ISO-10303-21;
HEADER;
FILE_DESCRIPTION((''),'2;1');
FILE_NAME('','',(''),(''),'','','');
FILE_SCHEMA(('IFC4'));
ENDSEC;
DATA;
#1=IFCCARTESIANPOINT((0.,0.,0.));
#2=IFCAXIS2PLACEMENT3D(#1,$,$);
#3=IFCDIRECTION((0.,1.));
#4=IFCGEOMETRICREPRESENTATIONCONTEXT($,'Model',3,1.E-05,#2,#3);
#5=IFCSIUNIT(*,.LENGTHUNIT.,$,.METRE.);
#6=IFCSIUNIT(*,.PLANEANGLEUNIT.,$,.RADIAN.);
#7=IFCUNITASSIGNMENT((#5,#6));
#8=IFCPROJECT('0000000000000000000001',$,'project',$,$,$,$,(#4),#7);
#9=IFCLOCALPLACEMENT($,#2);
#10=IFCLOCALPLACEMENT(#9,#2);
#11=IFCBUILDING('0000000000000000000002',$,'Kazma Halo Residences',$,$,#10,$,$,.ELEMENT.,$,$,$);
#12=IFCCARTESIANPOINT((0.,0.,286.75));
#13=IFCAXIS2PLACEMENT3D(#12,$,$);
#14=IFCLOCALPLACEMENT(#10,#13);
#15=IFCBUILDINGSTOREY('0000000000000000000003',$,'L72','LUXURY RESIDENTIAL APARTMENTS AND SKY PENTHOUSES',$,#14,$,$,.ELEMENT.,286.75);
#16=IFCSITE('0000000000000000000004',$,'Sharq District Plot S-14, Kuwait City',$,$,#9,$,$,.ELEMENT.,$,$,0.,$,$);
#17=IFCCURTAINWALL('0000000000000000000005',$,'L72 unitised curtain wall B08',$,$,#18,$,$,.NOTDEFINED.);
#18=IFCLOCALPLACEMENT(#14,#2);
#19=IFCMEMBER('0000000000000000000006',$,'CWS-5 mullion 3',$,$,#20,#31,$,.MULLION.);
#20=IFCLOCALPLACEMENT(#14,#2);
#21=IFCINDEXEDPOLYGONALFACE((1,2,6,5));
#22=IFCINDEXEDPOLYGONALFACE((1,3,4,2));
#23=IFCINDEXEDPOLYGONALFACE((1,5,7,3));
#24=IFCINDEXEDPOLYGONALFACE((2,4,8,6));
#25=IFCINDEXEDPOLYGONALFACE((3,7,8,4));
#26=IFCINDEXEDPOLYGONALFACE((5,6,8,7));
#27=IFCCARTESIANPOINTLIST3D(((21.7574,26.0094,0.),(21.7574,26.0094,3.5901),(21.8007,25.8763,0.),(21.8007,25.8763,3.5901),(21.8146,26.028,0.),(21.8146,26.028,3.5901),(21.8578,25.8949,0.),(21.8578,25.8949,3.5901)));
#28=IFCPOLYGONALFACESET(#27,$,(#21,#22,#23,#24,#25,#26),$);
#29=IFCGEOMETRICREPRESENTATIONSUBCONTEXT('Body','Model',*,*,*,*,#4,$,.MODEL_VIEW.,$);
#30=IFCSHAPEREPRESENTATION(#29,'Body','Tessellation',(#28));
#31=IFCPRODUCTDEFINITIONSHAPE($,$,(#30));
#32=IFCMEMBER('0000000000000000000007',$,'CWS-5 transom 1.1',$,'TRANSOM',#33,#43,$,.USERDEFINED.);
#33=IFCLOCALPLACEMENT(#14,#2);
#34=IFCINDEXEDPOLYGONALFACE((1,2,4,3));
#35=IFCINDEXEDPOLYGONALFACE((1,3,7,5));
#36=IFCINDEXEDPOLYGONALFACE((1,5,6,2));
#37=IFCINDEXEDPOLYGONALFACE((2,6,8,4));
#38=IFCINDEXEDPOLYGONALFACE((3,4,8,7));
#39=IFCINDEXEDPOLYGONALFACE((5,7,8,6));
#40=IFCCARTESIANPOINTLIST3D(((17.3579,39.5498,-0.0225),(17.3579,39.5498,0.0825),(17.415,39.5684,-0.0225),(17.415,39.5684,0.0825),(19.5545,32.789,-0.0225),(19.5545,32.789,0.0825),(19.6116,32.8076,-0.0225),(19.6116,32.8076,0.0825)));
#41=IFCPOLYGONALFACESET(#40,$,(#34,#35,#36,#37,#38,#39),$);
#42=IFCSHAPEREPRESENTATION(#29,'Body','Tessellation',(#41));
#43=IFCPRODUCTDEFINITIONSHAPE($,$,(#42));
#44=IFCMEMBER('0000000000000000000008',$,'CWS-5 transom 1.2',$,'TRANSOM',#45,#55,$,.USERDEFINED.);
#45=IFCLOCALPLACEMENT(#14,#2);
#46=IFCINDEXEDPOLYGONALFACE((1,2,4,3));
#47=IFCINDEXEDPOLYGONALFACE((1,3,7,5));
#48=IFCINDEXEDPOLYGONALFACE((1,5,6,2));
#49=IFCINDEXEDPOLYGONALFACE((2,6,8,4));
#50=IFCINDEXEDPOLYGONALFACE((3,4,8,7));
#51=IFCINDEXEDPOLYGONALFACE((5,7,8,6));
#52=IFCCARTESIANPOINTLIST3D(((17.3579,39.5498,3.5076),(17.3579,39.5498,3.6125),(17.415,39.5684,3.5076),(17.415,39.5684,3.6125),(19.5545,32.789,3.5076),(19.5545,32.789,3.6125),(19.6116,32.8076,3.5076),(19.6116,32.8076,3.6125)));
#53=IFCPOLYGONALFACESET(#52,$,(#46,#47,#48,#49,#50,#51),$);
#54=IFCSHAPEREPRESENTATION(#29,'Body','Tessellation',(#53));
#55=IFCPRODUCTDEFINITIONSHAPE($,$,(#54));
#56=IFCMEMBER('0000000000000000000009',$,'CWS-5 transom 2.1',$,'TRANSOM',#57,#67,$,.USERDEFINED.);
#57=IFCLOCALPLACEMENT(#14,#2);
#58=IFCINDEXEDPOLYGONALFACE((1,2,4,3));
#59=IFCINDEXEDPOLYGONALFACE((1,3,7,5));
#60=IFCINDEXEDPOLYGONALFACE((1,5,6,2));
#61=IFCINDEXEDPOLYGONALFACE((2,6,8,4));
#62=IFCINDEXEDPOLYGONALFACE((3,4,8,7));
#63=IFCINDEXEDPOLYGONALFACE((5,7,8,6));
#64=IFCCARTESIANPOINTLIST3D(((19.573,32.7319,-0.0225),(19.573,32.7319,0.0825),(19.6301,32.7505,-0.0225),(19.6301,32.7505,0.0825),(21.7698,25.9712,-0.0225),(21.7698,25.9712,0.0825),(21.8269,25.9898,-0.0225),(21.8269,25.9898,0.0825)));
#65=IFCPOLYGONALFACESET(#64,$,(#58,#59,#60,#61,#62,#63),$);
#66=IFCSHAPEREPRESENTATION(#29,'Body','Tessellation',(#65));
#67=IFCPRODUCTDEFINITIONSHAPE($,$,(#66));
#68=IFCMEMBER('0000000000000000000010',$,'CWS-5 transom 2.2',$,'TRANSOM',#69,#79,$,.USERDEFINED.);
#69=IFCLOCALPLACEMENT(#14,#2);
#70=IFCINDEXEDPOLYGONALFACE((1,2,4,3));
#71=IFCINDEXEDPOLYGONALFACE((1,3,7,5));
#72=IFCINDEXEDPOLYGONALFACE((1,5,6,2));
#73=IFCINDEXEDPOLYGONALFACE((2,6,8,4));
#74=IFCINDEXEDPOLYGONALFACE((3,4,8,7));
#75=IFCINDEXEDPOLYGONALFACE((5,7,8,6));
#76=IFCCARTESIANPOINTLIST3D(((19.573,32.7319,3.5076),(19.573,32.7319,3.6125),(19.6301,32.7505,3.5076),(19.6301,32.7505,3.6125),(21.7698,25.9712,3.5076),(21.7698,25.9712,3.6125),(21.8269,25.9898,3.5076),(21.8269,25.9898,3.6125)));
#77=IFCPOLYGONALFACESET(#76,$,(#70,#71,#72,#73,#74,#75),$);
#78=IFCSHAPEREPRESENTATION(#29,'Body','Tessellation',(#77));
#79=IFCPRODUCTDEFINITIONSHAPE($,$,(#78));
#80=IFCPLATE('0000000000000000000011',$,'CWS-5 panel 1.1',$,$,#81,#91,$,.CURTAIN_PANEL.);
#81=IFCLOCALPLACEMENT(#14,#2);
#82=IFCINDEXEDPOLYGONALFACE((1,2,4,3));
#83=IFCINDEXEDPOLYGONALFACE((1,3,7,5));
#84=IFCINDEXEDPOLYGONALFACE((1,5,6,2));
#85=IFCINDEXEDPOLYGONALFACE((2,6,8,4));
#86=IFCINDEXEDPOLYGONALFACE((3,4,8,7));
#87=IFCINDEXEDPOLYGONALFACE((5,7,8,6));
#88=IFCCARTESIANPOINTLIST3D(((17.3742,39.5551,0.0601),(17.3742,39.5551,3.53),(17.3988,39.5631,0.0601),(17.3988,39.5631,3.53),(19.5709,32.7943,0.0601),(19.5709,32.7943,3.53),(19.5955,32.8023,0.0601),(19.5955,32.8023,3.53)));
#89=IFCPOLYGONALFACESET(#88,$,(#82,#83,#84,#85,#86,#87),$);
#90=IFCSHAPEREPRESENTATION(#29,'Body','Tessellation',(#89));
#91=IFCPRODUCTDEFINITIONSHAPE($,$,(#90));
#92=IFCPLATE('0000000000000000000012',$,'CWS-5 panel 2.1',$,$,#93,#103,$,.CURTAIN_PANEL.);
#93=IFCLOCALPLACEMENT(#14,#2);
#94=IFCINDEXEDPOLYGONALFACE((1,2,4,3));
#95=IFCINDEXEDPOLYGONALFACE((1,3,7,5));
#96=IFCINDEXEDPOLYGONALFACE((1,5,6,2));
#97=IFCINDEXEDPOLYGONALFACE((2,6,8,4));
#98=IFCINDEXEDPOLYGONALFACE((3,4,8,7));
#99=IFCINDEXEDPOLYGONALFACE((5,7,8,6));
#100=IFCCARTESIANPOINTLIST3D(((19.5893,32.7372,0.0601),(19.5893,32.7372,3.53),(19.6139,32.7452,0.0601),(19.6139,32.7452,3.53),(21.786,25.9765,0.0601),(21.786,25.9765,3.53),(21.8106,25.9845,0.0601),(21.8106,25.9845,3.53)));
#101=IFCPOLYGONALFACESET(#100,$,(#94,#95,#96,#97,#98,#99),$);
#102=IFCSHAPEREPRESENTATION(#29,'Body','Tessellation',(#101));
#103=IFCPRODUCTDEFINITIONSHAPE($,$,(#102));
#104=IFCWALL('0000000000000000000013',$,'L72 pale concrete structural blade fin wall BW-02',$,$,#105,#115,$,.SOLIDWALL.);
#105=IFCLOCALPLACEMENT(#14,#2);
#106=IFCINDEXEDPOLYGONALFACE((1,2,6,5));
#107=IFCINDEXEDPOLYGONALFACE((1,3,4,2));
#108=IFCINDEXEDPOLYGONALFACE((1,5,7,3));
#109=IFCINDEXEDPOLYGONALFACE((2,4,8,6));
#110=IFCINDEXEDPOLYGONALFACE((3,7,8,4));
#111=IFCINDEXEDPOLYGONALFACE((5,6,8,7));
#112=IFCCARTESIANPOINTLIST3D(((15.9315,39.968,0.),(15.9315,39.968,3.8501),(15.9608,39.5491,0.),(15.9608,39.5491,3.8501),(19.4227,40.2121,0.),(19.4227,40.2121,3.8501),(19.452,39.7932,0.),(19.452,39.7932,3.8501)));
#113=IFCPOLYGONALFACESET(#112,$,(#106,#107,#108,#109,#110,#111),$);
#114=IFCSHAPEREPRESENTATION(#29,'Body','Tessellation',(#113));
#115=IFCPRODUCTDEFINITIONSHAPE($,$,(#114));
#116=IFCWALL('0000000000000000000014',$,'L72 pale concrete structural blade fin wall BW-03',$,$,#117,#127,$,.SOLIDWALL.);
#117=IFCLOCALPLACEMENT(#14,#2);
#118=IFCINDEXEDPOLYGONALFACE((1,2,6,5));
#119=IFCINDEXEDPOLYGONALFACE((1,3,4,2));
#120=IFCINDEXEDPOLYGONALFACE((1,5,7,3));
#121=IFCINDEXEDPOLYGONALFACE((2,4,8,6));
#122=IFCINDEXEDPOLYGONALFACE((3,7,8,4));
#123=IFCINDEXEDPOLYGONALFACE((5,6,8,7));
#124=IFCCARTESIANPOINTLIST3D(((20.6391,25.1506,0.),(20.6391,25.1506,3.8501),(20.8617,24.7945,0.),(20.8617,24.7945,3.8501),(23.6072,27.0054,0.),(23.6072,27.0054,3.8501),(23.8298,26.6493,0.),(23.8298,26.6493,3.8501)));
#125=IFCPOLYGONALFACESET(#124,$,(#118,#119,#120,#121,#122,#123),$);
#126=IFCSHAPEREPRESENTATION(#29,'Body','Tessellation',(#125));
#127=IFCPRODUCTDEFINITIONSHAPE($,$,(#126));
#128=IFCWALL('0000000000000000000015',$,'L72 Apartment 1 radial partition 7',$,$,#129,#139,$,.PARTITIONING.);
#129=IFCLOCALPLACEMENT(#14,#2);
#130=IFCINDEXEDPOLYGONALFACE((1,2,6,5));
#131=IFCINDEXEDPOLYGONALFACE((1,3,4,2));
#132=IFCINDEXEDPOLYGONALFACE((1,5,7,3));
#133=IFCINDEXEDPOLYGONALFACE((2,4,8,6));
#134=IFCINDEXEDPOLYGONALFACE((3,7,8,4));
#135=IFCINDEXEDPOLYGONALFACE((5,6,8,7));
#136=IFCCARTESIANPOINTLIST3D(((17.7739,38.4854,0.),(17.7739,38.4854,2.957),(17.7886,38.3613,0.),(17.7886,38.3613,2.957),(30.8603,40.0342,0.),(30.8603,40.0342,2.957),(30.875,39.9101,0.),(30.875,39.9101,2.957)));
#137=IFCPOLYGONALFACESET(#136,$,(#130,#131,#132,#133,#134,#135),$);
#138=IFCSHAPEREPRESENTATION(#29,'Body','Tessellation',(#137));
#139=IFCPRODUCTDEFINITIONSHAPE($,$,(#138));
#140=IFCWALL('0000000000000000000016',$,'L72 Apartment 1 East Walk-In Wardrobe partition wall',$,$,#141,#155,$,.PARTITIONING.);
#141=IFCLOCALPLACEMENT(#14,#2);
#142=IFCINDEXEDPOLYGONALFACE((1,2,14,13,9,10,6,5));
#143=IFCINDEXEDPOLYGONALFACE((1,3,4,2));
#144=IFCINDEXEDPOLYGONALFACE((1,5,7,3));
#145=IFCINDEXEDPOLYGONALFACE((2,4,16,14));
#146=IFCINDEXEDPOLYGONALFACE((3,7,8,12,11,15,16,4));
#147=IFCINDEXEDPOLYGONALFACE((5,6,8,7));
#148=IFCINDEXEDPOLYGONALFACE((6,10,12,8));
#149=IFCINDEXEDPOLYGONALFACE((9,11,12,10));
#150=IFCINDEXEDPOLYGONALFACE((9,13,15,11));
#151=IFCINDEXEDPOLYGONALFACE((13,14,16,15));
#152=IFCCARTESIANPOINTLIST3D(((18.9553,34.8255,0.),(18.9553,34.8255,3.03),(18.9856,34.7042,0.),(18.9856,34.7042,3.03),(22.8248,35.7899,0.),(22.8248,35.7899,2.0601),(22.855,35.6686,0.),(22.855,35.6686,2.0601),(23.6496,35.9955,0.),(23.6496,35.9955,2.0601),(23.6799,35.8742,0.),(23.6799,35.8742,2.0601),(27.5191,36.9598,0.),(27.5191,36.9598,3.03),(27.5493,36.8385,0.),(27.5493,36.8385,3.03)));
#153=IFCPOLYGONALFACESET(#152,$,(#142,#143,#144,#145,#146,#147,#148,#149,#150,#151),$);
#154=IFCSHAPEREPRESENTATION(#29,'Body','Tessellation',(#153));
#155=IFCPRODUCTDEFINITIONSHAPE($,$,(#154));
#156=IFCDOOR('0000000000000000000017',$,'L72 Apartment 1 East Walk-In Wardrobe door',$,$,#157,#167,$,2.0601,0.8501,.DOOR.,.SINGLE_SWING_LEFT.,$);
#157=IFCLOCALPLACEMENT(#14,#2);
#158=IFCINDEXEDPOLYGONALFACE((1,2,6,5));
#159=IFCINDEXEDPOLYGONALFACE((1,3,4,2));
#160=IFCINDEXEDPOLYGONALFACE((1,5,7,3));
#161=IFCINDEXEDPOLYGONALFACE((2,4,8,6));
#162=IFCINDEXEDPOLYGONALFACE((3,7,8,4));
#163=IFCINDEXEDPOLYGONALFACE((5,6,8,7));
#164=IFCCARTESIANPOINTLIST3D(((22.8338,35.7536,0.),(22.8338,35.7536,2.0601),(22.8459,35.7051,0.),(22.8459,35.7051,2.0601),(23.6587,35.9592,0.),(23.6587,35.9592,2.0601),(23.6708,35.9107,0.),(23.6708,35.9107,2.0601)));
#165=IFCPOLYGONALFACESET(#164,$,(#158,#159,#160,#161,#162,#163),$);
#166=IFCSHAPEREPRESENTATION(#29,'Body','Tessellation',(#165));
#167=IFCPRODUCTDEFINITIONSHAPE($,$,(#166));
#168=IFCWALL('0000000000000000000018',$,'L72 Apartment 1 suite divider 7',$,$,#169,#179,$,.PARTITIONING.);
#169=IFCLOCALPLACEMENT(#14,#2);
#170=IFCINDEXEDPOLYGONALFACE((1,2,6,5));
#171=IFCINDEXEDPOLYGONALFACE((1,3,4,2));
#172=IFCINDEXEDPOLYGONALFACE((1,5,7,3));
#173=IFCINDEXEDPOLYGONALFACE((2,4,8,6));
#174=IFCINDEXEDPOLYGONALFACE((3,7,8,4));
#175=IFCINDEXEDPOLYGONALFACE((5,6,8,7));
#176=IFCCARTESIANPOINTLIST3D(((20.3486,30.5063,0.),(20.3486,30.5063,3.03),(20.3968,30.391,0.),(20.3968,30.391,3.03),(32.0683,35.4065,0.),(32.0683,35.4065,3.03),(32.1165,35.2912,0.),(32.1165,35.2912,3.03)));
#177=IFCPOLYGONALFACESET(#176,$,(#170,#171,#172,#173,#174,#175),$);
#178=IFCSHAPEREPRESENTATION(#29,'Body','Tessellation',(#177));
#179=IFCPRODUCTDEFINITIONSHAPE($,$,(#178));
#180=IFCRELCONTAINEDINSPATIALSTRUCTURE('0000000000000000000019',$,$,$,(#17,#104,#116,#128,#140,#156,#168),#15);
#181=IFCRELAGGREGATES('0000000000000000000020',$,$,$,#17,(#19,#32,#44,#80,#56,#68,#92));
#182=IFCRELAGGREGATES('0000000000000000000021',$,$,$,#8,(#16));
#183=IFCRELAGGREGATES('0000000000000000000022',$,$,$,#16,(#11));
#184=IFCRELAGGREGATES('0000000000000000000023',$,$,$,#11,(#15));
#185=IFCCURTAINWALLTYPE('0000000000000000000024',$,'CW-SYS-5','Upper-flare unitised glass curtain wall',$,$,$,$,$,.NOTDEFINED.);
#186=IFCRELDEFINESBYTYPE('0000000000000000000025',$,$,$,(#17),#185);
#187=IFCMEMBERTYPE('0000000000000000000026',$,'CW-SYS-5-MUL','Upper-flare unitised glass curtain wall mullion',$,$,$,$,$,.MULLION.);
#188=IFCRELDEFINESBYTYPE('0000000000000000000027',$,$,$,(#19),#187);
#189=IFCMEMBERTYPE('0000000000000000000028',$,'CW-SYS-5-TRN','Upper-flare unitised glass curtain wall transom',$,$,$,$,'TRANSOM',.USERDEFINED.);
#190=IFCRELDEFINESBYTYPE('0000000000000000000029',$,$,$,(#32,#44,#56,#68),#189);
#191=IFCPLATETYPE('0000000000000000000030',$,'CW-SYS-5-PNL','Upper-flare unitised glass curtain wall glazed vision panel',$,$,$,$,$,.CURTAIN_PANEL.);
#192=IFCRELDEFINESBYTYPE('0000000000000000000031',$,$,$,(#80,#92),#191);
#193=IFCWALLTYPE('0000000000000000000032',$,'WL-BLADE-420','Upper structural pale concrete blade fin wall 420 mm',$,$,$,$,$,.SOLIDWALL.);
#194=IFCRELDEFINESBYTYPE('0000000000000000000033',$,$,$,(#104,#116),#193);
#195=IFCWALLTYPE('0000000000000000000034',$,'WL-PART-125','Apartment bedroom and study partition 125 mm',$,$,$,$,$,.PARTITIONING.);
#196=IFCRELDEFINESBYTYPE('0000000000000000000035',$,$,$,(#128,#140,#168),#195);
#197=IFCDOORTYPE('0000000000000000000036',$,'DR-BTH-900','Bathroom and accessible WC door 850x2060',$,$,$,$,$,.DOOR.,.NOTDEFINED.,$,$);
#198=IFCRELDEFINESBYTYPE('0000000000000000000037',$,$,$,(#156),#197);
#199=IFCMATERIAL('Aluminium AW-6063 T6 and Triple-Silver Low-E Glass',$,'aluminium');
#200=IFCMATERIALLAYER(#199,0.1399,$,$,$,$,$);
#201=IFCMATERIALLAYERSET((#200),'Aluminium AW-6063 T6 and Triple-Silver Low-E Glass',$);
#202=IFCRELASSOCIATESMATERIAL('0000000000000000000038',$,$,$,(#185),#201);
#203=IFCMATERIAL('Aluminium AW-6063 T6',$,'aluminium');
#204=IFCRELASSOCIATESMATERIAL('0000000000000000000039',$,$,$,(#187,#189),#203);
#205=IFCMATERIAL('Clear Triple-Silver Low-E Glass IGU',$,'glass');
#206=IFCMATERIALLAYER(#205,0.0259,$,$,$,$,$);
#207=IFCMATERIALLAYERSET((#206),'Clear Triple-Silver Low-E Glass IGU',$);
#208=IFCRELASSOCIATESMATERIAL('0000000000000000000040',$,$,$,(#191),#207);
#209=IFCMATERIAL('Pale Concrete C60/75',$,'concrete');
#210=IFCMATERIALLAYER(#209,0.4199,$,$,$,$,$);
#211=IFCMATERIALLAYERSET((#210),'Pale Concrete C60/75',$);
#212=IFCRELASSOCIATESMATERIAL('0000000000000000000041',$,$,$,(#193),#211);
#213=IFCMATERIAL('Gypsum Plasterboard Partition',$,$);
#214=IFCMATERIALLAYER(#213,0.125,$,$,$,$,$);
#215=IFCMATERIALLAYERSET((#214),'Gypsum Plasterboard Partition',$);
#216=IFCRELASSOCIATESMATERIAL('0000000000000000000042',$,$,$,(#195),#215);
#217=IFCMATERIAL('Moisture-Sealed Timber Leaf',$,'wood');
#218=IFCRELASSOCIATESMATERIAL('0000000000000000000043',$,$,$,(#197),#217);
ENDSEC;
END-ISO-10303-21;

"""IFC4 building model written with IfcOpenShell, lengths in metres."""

from ifc_helpers import new_model, si_unit, direction, frame, frame_2d, origin, origin_2d, place, context, subcontext, project, spatial, rectangle, extrude, material, layer, layer_set, material_profile, profile_set, type_object, element, fill, aggregate, save


model = new_model("IFC4")

# Units and contexts
model_context = context("Model", 3, precision=1e-05, world=origin(), true_north=direction((0.0, 1.0)))
body_context = subcontext(model_context, "Body", "Model", "MODEL_VIEW")
ifc_project = project(units=[si_unit("LENGTHUNIT", "METRE"), si_unit("PLANEANGLEUNIT", "RADIAN")], contexts=[model_context])

# Site, building, storey
site_placement = place(None, origin())
site = spatial("IfcSite", under=ifc_project, at=site_placement, Name="Sharq District Plot S-14, Kuwait City", CompositionType="ELEMENT", RefElevation=0.0)
building_placement = place(site_placement, origin())
building = spatial("IfcBuilding", under=site, at=building_placement, Name="Kazma Halo Residences", CompositionType="ELEMENT")
storey_placement = place(building_placement, frame((0.0, 0.0, 286.75)))
storey = spatial("IfcBuildingStorey", under=building, at=storey_placement, Name="L72", Description="LUXURY RESIDENTIAL APARTMENTS AND SKY PENTHOUSES", CompositionType="ELEMENT", Elevation=286.75)

# Shared definitions
ifc_material_1 = material(Name="Aluminium AW-6063 T6 and Triple-Silver Low-E Glass", Category="aluminium")
ifc_layer_1 = layer(ifc_material_1, 0.1399)
ifc_layer_set_1 = layer_set([ifc_layer_1], Name="Aluminium AW-6063 T6 and Triple-Silver Low-E Glass")
curtain_wall_type = type_object("IfcCurtainWallType", Name="CW-SYS-5", Description="Upper-flare unitised glass curtain wall", PredefinedType="NOTDEFINED", material=ifc_layer_set_1)
ifc_material_2 = material(Name="Aluminium AW-6063 T6", Category="aluminium")
ifc_material_profile_1 = material_profile(ifc_material_2, rectangle(XDim=0.0601, YDim=0.1399, at=origin_2d()), Name="CWM-60x140")
ifc_profile_set_1 = profile_set([ifc_material_profile_1], Name="Aluminium AW-6063 T6")
member_type_1 = type_object("IfcMemberType", Name="CW-SYS-5-MUL", Description="Upper-flare unitised glass curtain wall mullion", PredefinedType="MULLION", material=ifc_profile_set_1)

# Curtain wall, members, plates
curtain_wall_1_placement = place(storey_placement, origin())
curtain_wall_1 = element("IfcCurtainWall", 1, at=curtain_wall_1_placement, inside=storey, type_object=curtain_wall_type, Name="L72 unitised curtain wall B08", PredefinedType="NOTDEFINED")
member_1_placement = place(storey_placement, frame((21.8076, 25.9521, 0.0), z_axis=(0.0, 0.0, 1.0), x_axis=(0.951058, 0.309011, 0.0)))
member_1 = element("IfcMember", 2, at=member_1_placement, type_object=member_type_1, Name="CWS-5 mullion 3", PredefinedType="MULLION", context=body_context, shape_type="SweptSolid", body=[
    extrude(rectangle(XDim=0.0601, YDim=0.1399, at=origin_2d()), origin(), (0.0, 0.0, 1.0), 3.5901),
])
ifc_material_profile_2 = material_profile(ifc_material_2, rectangle(XDim=0.0601, YDim=0.105, at=origin_2d()), Name="CWT-60x105")
ifc_profile_set_2 = profile_set([ifc_material_profile_2], Name="Aluminium AW-6063 T6")
member_type_2 = type_object("IfcMemberType", Name="CW-SYS-5-TRN", Description="Upper-flare unitised glass curtain wall transom", ElementType="TRANSOM", PredefinedType="USERDEFINED", material=ifc_profile_set_2)
member_2_placement = place(storey_placement, frame((17.3865, 39.5591, 0.03), z_axis=(0.308996, -0.951063, 0.0), x_axis=(0.951063, 0.308996, 0.0)))
member_2 = element("IfcMember", 3, at=member_2_placement, type_object=member_type_2, Name="CWS-5 transom 1.1", ObjectType="TRANSOM", PredefinedType="USERDEFINED", context=body_context, shape_type="SweptSolid", body=[
    extrude(rectangle(XDim=0.0601, YDim=0.105, at=origin_2d()), origin(), (0.0, 0.0, 1.0), 7.1086),
])
member_3_placement = place(storey_placement, frame((17.3865, 39.5591, 3.5601), z_axis=(0.308996, -0.951063, 0.0), x_axis=(0.951063, 0.308996, 0.0)))
member_3 = element("IfcMember", 4, at=member_3_placement, type_object=member_type_2, Name="CWS-5 transom 1.2", ObjectType="TRANSOM", PredefinedType="USERDEFINED", context=body_context, shape_type="SweptSolid", body=[
    extrude(rectangle(XDim=0.0601, YDim=0.105, at=origin_2d()), origin(), (0.0, 0.0, 1.0), 7.1086),
])
member_4_placement = place(storey_placement, frame((19.6016, 32.7412, 0.03), z_axis=(0.309027, -0.951053, 0.0), x_axis=(0.951053, 0.309027, 0.0)))
member_4 = element("IfcMember", 5, at=member_4_placement, type_object=member_type_2, Name="CWS-5 transom 2.1", ObjectType="TRANSOM", PredefinedType="USERDEFINED", context=body_context, shape_type="SweptSolid", body=[
    extrude(rectangle(XDim=0.0601, YDim=0.105, at=origin_2d()), origin(), (0.0, 0.0, 1.0), 7.1086),
])
member_5_placement = place(storey_placement, frame((19.6016, 32.7412, 3.5601), z_axis=(0.309027, -0.951053, 0.0), x_axis=(0.951053, 0.309027, 0.0)))
member_5 = element("IfcMember", 6, at=member_5_placement, type_object=member_type_2, Name="CWS-5 transom 2.2", ObjectType="TRANSOM", PredefinedType="USERDEFINED", context=body_context, shape_type="SweptSolid", body=[
    extrude(rectangle(XDim=0.0601, YDim=0.105, at=origin_2d()), origin(), (0.0, 0.0, 1.0), 7.1086),
])
ifc_material_3 = material(Name="Clear Triple-Silver Low-E Glass IGU", Category="glass")
ifc_layer_2 = layer(ifc_material_3, 0.0259)
ifc_layer_set_2 = layer_set([ifc_layer_2], Name="Clear Triple-Silver Low-E Glass IGU")
plate_type = type_object("IfcPlateType", Name="CW-SYS-5-PNL", Description="Upper-flare unitised glass curtain wall glazed vision panel", PredefinedType="CURTAIN_PANEL", material=ifc_layer_set_2)
plate_1_placement = place(storey_placement, frame((18.4849, 36.1787, 0.0601), z_axis=(0.0, 0.0, 1.0), x_axis=(0.309011, -0.951058, 0.0)))
plate_1 = element("IfcPlate", 7, at=plate_1_placement, type_object=plate_type, Name="CWS-5 panel 1.1", PredefinedType="CURTAIN_PANEL", context=body_context, shape_type="SweptSolid", body=[
    extrude(rectangle(XDim=7.1086, YDim=0.0259, at=origin_2d()), origin(), (0.0, 0.0, 1.0), 3.47),
])
plate_2_placement = place(storey_placement, frame((20.7, 29.3608, 0.0601), z_axis=(0.0, 0.0, 1.0), x_axis=(0.309011, -0.951058, 0.0)))
plate_2 = element("IfcPlate", 8, at=plate_2_placement, type_object=plate_type, Name="CWS-5 panel 2.1", PredefinedType="CURTAIN_PANEL", context=body_context, shape_type="SweptSolid", body=[
    extrude(rectangle(XDim=7.1086, YDim=0.0259, at=origin_2d()), origin(), (0.0, 0.0, 1.0), 3.47),
])
aggregate(curtain_wall_1, [member_1, member_2, member_3, plate_1, member_4, member_5, plate_2])

# Walls
ifc_material_4 = material(Name="Pale Concrete C60/75", Category="concrete")
ifc_layer_3 = layer(ifc_material_4, 0.4199)
ifc_layer_set_3 = layer_set([ifc_layer_3], Name="Pale Concrete C60/75")
wall_type_1 = type_object("IfcWallType", Name="WL-BLADE-420", Description="Upper structural pale concrete blade fin wall 420 mm", PredefinedType="SOLIDWALL", material=ifc_layer_set_3)
wall_1_placement = place(storey_placement, frame((19.4375, 40.0027, 0.0), z_axis=(0.0, 0.0, 1.0), x_axis=(-0.997564, -0.06976, 0.0)))
element("IfcWall", 9, at=wall_1_placement, inside=storey, type_object=wall_type_1, Name="L72 pale concrete structural blade fin wall BW-02", PredefinedType="SOLIDWALL", context=body_context, shape_type="SweptSolid", body=[
    extrude(rectangle(XDim=3.4998, YDim=0.4199, at=frame_2d((1.75, 0.0))), origin(), (0.0, 0.0, 1.0), 3.8501),
])
wall_2_placement = place(storey_placement, frame((23.7185, 26.8274, 0.0), z_axis=(0.0, 0.0, 1.0), x_axis=(-0.848034, -0.529943, 0.0)))
element("IfcWall", 10, at=wall_2_placement, inside=storey, type_object=wall_type_1, Name="L72 pale concrete structural blade fin wall BW-03", PredefinedType="SOLIDWALL", context=body_context, shape_type="SweptSolid", body=[
    extrude(rectangle(XDim=3.5, YDim=0.4199, at=frame_2d((1.75, 0.0))), origin(), (0.0, 0.0, 1.0), 3.8501),
])
ifc_material_5 = material(Name="Gypsum Plasterboard Partition")
ifc_layer_4 = layer(ifc_material_5, 0.125)
ifc_layer_set_4 = layer_set([ifc_layer_4], Name="Gypsum Plasterboard Partition")
wall_type_2 = type_object("IfcWallType", Name="WL-PART-125", Description="Apartment bedroom and study partition 125 mm", PredefinedType="PARTITIONING", material=ifc_layer_set_4)
wall_3_placement = place(storey_placement, frame((30.8677, 39.9722, 0.0), z_axis=(0.0, 0.0, 1.0), x_axis=(-0.993069, -0.117533, 0.0)))
element("IfcWall", 11, at=wall_3_placement, inside=storey, type_object=wall_type_2, Name="L72 Apartment 1 radial partition 7", PredefinedType="PARTITIONING", context=body_context, shape_type="SweptSolid", body=[
    extrude(rectangle(XDim=13.1777, YDim=0.125, at=frame_2d((6.5889, 0.0))), origin(), (0.0, 0.0, 1.0), 2.957),
])

# Wall, opening, door
wall_4_placement = place(storey_placement, frame((27.5342, 36.8992, 0.0), z_axis=(0.0, 0.0, 1.0), x_axis=(-0.97032, -0.241826, 0.0)))
wall_4 = element("IfcWall", 12, at=wall_4_placement, inside=storey, type_object=wall_type_2, Name="L72 Apartment 1 East Walk-In Wardrobe partition wall", PredefinedType="PARTITIONING", context=body_context, shape_type="SweptSolid", body=[
    extrude(rectangle(XDim=8.8257, YDim=0.125, at=frame_2d((4.4128, 0.0))), origin(), (0.0, 0.0, 1.0), 3.03),
])
opening_1_placement = place(wall_4_placement, frame((3.9878, 0.0, 0.0)))
opening_1 = element("IfcOpeningElement", 13, at=opening_1_placement, cuts=wall_4, PredefinedType="OPENING", context=body_context, shape_type="SweptSolid", body=[
    extrude(rectangle(XDim=0.8501, YDim=2.0601, at=frame_2d((0.425, 1.03))), frame((0.0, 0.0725, 0.0), z_axis=(0.0, -1.0, 0.0), x_axis=(1.0, 0.0, 0.0)), (0.0, 0.0, 1.0), 0.145),
])
ifc_material_6 = material(Name="Moisture-Sealed Timber Leaf", Category="wood")
door_type = type_object("IfcDoorType", Name="DR-BTH-900", Description="Bathroom and accessible WC door 850x2060", OperationType="NOTDEFINED", PredefinedType="DOOR", material=ifc_material_6)
door_1_placement = place(opening_1_placement, origin())
door_1 = element("IfcDoor", 14, at=door_1_placement, inside=storey, type_object=door_type, Name="L72 Apartment 1 East Walk-In Wardrobe door", OperationType="SINGLE_SWING_LEFT", OverallHeight=2.0601, OverallWidth=0.8501, PredefinedType="DOOR", context=body_context, shape_type="SweptSolid", body=[
    extrude(rectangle(XDim=0.8501, YDim=2.0601, at=frame_2d((0.425, 1.03))), frame((0.0, 0.0249, 0.0), z_axis=(0.0, -1.0, 0.0), x_axis=(1.0, 0.0, 0.0)), (0.0, 0.0, 1.0), 0.05),
])
fill(opening_1, door_1)

# Wall
wall_5_placement = place(storey_placement, frame((32.0925, 35.3489, 0.0), z_axis=(0.0, 0.0, 1.0), x_axis=(-0.922603, -0.385751, 0.0)))
element("IfcWall", 15, at=wall_5_placement, inside=storey, type_object=wall_type_2, Name="L72 Apartment 1 suite divider 7", PredefinedType="PARTITIONING", context=body_context, shape_type="SweptSolid", body=[
    extrude(rectangle(XDim=12.7029, YDim=0.125, at=frame_2d((6.3516, 0.0))), origin(), (0.0, 0.0, 1.0), 3.03),
])

save(model, "model.ifc")
